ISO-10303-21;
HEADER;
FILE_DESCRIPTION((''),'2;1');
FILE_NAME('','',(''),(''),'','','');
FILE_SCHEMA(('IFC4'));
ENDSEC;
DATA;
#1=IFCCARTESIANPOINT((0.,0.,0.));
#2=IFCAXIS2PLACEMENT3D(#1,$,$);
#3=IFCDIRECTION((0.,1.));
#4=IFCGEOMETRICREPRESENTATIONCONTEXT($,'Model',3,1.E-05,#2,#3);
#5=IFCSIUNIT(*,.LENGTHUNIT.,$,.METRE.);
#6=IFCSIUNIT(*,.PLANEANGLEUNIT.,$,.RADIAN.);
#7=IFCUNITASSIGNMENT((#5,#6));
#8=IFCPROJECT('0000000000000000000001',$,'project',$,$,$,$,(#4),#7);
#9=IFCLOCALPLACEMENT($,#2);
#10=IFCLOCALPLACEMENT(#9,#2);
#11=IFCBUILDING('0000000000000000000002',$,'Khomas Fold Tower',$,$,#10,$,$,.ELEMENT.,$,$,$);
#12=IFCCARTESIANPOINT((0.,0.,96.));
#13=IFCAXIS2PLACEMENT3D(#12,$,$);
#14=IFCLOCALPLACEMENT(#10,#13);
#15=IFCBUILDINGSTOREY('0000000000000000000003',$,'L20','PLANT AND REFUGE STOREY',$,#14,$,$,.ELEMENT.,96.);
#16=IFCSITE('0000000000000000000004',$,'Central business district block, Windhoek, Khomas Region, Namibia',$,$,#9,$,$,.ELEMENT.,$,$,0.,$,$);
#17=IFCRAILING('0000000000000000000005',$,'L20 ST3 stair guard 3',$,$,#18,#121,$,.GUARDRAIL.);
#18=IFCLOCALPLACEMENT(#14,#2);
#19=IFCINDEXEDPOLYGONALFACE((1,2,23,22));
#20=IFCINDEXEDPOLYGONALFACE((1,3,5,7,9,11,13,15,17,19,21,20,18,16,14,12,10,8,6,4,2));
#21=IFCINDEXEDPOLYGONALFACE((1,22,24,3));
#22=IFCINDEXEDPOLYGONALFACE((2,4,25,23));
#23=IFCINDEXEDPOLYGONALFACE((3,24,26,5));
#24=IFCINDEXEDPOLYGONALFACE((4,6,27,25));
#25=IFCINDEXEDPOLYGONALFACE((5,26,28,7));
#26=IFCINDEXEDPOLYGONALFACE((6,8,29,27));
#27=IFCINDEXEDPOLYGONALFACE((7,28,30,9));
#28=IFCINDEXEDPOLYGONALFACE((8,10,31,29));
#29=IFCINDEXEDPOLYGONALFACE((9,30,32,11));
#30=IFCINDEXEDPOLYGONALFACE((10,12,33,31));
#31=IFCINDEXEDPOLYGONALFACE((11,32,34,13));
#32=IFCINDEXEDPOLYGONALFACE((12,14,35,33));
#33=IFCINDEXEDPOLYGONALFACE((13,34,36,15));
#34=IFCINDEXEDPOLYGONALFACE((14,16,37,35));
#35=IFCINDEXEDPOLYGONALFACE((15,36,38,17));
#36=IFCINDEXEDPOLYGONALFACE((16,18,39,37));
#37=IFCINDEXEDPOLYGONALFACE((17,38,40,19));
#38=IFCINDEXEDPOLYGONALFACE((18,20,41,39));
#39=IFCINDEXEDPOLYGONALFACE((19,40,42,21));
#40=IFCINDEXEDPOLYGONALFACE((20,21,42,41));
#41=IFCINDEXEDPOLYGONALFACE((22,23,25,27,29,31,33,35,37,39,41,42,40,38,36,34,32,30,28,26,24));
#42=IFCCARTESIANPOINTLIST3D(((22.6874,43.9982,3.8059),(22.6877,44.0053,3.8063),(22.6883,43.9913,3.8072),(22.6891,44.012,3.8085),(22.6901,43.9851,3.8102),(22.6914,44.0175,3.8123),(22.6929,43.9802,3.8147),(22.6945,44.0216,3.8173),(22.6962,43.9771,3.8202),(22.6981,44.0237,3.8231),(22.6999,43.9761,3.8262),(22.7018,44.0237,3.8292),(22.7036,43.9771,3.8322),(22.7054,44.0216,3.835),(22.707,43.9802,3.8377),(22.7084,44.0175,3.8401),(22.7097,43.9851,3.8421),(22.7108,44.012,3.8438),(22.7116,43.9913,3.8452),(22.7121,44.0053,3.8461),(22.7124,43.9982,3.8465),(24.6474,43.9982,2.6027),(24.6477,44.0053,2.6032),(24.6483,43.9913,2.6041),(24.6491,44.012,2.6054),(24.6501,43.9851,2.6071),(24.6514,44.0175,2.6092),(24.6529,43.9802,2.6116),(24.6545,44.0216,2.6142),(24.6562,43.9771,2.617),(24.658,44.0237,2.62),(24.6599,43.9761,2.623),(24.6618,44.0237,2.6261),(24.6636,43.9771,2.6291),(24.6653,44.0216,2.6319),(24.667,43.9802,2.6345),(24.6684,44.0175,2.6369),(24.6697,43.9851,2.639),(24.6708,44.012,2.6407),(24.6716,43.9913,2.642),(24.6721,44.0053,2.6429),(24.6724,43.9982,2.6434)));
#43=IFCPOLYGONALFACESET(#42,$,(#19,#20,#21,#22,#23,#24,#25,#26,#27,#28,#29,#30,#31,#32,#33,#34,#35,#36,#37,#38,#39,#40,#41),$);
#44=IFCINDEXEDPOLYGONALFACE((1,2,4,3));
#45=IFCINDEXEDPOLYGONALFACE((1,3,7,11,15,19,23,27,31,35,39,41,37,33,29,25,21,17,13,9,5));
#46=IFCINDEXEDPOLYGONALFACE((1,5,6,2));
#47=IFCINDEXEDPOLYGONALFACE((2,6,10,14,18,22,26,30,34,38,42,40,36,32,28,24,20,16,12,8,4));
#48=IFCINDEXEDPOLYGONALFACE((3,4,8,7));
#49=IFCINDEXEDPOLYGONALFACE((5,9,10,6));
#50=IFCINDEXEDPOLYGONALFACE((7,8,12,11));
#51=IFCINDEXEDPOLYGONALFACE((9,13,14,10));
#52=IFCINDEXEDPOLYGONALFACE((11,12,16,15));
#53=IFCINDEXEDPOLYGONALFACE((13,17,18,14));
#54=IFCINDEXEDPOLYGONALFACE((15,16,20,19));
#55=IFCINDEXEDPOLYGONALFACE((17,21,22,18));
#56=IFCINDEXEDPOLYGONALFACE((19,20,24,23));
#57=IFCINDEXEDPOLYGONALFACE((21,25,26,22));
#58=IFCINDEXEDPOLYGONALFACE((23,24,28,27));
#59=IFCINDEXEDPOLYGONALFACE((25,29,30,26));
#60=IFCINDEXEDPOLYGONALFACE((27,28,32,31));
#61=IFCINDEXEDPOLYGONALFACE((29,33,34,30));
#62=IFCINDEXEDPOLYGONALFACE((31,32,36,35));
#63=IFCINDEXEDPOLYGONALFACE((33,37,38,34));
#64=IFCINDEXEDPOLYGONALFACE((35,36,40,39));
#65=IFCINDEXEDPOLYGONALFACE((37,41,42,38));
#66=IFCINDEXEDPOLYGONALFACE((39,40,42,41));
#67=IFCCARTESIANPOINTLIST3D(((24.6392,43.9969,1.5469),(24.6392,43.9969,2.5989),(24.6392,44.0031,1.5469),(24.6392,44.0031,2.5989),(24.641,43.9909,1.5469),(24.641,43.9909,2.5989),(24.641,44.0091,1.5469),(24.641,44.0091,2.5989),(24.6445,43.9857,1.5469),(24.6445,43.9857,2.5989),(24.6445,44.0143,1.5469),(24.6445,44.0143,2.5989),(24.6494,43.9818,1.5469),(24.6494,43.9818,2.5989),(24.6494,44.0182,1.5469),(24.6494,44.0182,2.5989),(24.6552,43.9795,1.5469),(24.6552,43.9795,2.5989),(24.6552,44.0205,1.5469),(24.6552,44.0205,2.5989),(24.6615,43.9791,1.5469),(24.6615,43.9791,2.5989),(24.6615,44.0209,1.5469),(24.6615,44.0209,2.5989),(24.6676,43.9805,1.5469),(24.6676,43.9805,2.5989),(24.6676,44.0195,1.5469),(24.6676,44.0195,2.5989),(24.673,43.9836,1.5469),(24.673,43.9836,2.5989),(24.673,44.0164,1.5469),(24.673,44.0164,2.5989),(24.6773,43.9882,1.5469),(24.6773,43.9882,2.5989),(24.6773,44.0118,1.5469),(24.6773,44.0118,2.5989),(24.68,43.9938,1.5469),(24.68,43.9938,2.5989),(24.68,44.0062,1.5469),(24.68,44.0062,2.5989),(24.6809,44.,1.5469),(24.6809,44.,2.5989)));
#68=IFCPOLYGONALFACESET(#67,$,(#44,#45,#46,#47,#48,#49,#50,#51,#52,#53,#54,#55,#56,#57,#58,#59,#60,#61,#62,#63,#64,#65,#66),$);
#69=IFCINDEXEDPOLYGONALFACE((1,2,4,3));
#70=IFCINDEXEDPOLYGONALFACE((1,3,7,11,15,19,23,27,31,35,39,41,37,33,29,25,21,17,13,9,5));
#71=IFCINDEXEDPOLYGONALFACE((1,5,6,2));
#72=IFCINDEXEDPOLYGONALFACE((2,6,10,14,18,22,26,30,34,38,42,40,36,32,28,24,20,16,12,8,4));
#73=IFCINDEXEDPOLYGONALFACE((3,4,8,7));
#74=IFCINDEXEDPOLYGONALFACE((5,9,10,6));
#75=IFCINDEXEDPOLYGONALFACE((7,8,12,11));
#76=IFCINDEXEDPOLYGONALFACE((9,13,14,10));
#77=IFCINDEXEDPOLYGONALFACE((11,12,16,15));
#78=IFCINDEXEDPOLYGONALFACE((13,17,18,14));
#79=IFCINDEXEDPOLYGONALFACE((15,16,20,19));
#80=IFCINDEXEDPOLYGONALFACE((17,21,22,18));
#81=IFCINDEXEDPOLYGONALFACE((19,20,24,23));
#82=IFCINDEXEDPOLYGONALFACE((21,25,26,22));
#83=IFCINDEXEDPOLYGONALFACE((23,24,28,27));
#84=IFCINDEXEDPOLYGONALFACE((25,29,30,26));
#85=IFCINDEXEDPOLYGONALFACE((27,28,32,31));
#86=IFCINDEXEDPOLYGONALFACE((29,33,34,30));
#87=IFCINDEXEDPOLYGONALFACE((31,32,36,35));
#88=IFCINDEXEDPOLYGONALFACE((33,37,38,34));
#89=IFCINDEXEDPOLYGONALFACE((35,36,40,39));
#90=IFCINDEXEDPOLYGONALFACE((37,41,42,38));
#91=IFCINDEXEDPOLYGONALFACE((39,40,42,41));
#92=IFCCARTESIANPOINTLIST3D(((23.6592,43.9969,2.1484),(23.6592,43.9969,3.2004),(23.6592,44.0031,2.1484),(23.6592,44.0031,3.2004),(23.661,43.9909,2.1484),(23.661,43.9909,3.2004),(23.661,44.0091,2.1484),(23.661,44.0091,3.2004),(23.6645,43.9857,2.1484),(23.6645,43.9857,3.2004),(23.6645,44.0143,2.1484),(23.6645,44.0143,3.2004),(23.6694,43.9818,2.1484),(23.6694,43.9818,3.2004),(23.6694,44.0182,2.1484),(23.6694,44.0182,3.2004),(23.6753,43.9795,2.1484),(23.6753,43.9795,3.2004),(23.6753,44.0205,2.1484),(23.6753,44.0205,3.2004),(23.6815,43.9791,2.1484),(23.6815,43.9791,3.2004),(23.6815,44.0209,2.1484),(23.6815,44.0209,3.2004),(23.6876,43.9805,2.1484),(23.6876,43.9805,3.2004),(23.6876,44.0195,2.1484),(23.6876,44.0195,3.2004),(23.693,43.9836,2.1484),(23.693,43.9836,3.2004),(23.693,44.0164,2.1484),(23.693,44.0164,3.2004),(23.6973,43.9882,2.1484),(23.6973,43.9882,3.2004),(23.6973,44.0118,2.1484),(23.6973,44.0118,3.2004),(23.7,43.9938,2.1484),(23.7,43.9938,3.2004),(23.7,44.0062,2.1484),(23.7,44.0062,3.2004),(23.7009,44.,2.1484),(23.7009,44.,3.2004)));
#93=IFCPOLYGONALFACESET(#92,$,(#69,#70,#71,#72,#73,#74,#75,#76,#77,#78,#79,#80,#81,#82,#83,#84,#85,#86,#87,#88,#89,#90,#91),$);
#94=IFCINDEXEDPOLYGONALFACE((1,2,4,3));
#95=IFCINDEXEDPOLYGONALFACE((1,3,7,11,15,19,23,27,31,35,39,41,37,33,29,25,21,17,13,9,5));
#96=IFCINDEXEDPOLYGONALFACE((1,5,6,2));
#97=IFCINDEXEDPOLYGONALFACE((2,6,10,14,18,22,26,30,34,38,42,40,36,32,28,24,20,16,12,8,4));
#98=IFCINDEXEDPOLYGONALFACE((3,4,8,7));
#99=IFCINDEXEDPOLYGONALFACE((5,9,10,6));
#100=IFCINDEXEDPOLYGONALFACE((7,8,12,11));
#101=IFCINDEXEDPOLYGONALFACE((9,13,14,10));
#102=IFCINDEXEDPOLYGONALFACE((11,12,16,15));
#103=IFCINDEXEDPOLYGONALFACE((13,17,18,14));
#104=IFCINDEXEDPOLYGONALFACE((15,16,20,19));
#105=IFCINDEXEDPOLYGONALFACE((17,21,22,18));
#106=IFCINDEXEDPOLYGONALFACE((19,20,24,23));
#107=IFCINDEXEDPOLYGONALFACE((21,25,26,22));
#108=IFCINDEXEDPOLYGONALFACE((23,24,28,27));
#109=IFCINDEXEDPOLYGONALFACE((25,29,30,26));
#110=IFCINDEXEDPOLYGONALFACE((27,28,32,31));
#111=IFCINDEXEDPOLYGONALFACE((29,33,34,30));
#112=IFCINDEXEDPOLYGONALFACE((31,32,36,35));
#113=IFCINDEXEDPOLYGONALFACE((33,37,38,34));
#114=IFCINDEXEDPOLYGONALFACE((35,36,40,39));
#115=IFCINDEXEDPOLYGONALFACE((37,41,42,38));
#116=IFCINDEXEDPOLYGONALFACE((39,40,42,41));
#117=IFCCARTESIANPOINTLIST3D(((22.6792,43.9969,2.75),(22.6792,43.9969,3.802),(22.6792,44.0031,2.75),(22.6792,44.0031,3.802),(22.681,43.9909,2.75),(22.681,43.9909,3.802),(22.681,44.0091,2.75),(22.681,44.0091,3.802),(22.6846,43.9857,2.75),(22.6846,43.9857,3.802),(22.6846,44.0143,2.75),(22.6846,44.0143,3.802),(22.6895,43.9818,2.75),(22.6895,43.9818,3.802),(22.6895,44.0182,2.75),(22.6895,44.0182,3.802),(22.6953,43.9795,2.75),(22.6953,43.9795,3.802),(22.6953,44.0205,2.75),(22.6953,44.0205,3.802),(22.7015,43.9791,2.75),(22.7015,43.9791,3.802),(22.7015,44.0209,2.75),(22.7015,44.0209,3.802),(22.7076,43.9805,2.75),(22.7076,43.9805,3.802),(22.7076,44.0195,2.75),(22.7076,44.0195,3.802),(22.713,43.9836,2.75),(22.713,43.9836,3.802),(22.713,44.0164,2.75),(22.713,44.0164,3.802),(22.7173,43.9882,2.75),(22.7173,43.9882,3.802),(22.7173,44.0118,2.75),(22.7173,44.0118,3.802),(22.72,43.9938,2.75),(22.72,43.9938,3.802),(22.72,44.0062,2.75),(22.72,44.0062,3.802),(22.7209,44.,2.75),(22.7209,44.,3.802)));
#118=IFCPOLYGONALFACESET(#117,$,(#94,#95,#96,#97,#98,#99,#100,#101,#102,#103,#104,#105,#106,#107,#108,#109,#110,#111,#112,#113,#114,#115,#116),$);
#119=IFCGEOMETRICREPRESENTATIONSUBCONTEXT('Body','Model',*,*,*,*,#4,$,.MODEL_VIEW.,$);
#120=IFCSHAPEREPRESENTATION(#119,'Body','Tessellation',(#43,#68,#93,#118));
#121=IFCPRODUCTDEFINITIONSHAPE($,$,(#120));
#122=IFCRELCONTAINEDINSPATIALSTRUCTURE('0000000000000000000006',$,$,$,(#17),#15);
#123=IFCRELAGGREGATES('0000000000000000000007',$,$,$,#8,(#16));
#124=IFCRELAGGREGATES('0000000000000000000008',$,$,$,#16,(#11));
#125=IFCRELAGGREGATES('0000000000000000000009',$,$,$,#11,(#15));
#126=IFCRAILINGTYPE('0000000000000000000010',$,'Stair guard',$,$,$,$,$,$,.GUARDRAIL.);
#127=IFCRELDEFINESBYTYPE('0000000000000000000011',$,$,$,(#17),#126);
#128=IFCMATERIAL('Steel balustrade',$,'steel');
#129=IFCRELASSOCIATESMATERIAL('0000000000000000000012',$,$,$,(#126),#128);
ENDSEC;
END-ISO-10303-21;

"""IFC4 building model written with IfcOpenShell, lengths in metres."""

from ifc_helpers import new_model, si_unit, direction, frame, origin, origin_2d, place, context, subcontext, project, spatial, circle, extrude, source, transform, mapped, material, type_object, element, save


model = new_model("IFC4")

# Units and contexts
model_context = context("Model", 3, precision=1e-05, world=origin(), true_north=direction((0.0, 1.0)))
body_context = subcontext(model_context, "Body", "Model", "MODEL_VIEW")
ifc_project = project(units=[si_unit("LENGTHUNIT", "METRE"), si_unit("PLANEANGLEUNIT", "RADIAN")], contexts=[model_context])

# Site, building, storey
site_placement = place(None, origin())
site = spatial("IfcSite", under=ifc_project, at=site_placement, Name="Central business district block, Windhoek, Khomas Region, Namibia", CompositionType="ELEMENT", RefElevation=0.0)
building_placement = place(site_placement, origin())
building = spatial("IfcBuilding", under=site, at=building_placement, Name="Khomas Fold Tower", CompositionType="ELEMENT")
storey_placement = place(building_placement, frame((0.0, 0.0, 96.0)))
storey = spatial("IfcBuildingStorey", under=building, at=storey_placement, Name="L20", Description="PLANT AND REFUGE STOREY", CompositionType="ELEMENT", Elevation=96.0)

# Railing
ifc_material_1 = material(Name="Steel balustrade", Category="steel")
railing_type_1 = type_object("IfcRailingType", Name="Stair guard", PredefinedType="GUARDRAIL", material=ifc_material_1)
shared_shape_1 = source(origin(), body_context, "Body", "SweptSolid", [
    extrude(circle(Radius=0.0239, at=origin_2d()), frame((0.0, 0.0, 1.0762), z_axis=(-0.852241, 0.0, 0.523149), x_axis=(0.0, -1.0, 0.0)), (0.0, 0.0, 1.0), 2.2998),
    extrude(circle(Radius=0.021, at=origin_2d()), origin(), (0.0, 0.0, 1.0), 1.052),
    extrude(circle(Radius=0.021, at=origin_2d()), frame((-0.98, 0.0, 0.6016)), (0.0, 0.0, 1.0), 1.052),
    extrude(circle(Radius=0.021, at=origin_2d()), frame((-1.96, 0.0, 1.2031)), (0.0, 0.0, 1.0), 1.052),
])
for number, where, name in (
    (1, (24.6599, 44.0, 1.5469), "L20 ST3 stair guard 3"),
):
    element("IfcRailing", number, at=place(storey_placement, frame(where)), inside=storey, type_object=railing_type_1, Name=name, PredefinedType="GUARDRAIL", context=body_context, shape_type="MappedRepresentation", body=[
        mapped(shared_shape_1, transform((0.0, 0.0, 0.0))),
    ])

save(model, "model.ifc")
